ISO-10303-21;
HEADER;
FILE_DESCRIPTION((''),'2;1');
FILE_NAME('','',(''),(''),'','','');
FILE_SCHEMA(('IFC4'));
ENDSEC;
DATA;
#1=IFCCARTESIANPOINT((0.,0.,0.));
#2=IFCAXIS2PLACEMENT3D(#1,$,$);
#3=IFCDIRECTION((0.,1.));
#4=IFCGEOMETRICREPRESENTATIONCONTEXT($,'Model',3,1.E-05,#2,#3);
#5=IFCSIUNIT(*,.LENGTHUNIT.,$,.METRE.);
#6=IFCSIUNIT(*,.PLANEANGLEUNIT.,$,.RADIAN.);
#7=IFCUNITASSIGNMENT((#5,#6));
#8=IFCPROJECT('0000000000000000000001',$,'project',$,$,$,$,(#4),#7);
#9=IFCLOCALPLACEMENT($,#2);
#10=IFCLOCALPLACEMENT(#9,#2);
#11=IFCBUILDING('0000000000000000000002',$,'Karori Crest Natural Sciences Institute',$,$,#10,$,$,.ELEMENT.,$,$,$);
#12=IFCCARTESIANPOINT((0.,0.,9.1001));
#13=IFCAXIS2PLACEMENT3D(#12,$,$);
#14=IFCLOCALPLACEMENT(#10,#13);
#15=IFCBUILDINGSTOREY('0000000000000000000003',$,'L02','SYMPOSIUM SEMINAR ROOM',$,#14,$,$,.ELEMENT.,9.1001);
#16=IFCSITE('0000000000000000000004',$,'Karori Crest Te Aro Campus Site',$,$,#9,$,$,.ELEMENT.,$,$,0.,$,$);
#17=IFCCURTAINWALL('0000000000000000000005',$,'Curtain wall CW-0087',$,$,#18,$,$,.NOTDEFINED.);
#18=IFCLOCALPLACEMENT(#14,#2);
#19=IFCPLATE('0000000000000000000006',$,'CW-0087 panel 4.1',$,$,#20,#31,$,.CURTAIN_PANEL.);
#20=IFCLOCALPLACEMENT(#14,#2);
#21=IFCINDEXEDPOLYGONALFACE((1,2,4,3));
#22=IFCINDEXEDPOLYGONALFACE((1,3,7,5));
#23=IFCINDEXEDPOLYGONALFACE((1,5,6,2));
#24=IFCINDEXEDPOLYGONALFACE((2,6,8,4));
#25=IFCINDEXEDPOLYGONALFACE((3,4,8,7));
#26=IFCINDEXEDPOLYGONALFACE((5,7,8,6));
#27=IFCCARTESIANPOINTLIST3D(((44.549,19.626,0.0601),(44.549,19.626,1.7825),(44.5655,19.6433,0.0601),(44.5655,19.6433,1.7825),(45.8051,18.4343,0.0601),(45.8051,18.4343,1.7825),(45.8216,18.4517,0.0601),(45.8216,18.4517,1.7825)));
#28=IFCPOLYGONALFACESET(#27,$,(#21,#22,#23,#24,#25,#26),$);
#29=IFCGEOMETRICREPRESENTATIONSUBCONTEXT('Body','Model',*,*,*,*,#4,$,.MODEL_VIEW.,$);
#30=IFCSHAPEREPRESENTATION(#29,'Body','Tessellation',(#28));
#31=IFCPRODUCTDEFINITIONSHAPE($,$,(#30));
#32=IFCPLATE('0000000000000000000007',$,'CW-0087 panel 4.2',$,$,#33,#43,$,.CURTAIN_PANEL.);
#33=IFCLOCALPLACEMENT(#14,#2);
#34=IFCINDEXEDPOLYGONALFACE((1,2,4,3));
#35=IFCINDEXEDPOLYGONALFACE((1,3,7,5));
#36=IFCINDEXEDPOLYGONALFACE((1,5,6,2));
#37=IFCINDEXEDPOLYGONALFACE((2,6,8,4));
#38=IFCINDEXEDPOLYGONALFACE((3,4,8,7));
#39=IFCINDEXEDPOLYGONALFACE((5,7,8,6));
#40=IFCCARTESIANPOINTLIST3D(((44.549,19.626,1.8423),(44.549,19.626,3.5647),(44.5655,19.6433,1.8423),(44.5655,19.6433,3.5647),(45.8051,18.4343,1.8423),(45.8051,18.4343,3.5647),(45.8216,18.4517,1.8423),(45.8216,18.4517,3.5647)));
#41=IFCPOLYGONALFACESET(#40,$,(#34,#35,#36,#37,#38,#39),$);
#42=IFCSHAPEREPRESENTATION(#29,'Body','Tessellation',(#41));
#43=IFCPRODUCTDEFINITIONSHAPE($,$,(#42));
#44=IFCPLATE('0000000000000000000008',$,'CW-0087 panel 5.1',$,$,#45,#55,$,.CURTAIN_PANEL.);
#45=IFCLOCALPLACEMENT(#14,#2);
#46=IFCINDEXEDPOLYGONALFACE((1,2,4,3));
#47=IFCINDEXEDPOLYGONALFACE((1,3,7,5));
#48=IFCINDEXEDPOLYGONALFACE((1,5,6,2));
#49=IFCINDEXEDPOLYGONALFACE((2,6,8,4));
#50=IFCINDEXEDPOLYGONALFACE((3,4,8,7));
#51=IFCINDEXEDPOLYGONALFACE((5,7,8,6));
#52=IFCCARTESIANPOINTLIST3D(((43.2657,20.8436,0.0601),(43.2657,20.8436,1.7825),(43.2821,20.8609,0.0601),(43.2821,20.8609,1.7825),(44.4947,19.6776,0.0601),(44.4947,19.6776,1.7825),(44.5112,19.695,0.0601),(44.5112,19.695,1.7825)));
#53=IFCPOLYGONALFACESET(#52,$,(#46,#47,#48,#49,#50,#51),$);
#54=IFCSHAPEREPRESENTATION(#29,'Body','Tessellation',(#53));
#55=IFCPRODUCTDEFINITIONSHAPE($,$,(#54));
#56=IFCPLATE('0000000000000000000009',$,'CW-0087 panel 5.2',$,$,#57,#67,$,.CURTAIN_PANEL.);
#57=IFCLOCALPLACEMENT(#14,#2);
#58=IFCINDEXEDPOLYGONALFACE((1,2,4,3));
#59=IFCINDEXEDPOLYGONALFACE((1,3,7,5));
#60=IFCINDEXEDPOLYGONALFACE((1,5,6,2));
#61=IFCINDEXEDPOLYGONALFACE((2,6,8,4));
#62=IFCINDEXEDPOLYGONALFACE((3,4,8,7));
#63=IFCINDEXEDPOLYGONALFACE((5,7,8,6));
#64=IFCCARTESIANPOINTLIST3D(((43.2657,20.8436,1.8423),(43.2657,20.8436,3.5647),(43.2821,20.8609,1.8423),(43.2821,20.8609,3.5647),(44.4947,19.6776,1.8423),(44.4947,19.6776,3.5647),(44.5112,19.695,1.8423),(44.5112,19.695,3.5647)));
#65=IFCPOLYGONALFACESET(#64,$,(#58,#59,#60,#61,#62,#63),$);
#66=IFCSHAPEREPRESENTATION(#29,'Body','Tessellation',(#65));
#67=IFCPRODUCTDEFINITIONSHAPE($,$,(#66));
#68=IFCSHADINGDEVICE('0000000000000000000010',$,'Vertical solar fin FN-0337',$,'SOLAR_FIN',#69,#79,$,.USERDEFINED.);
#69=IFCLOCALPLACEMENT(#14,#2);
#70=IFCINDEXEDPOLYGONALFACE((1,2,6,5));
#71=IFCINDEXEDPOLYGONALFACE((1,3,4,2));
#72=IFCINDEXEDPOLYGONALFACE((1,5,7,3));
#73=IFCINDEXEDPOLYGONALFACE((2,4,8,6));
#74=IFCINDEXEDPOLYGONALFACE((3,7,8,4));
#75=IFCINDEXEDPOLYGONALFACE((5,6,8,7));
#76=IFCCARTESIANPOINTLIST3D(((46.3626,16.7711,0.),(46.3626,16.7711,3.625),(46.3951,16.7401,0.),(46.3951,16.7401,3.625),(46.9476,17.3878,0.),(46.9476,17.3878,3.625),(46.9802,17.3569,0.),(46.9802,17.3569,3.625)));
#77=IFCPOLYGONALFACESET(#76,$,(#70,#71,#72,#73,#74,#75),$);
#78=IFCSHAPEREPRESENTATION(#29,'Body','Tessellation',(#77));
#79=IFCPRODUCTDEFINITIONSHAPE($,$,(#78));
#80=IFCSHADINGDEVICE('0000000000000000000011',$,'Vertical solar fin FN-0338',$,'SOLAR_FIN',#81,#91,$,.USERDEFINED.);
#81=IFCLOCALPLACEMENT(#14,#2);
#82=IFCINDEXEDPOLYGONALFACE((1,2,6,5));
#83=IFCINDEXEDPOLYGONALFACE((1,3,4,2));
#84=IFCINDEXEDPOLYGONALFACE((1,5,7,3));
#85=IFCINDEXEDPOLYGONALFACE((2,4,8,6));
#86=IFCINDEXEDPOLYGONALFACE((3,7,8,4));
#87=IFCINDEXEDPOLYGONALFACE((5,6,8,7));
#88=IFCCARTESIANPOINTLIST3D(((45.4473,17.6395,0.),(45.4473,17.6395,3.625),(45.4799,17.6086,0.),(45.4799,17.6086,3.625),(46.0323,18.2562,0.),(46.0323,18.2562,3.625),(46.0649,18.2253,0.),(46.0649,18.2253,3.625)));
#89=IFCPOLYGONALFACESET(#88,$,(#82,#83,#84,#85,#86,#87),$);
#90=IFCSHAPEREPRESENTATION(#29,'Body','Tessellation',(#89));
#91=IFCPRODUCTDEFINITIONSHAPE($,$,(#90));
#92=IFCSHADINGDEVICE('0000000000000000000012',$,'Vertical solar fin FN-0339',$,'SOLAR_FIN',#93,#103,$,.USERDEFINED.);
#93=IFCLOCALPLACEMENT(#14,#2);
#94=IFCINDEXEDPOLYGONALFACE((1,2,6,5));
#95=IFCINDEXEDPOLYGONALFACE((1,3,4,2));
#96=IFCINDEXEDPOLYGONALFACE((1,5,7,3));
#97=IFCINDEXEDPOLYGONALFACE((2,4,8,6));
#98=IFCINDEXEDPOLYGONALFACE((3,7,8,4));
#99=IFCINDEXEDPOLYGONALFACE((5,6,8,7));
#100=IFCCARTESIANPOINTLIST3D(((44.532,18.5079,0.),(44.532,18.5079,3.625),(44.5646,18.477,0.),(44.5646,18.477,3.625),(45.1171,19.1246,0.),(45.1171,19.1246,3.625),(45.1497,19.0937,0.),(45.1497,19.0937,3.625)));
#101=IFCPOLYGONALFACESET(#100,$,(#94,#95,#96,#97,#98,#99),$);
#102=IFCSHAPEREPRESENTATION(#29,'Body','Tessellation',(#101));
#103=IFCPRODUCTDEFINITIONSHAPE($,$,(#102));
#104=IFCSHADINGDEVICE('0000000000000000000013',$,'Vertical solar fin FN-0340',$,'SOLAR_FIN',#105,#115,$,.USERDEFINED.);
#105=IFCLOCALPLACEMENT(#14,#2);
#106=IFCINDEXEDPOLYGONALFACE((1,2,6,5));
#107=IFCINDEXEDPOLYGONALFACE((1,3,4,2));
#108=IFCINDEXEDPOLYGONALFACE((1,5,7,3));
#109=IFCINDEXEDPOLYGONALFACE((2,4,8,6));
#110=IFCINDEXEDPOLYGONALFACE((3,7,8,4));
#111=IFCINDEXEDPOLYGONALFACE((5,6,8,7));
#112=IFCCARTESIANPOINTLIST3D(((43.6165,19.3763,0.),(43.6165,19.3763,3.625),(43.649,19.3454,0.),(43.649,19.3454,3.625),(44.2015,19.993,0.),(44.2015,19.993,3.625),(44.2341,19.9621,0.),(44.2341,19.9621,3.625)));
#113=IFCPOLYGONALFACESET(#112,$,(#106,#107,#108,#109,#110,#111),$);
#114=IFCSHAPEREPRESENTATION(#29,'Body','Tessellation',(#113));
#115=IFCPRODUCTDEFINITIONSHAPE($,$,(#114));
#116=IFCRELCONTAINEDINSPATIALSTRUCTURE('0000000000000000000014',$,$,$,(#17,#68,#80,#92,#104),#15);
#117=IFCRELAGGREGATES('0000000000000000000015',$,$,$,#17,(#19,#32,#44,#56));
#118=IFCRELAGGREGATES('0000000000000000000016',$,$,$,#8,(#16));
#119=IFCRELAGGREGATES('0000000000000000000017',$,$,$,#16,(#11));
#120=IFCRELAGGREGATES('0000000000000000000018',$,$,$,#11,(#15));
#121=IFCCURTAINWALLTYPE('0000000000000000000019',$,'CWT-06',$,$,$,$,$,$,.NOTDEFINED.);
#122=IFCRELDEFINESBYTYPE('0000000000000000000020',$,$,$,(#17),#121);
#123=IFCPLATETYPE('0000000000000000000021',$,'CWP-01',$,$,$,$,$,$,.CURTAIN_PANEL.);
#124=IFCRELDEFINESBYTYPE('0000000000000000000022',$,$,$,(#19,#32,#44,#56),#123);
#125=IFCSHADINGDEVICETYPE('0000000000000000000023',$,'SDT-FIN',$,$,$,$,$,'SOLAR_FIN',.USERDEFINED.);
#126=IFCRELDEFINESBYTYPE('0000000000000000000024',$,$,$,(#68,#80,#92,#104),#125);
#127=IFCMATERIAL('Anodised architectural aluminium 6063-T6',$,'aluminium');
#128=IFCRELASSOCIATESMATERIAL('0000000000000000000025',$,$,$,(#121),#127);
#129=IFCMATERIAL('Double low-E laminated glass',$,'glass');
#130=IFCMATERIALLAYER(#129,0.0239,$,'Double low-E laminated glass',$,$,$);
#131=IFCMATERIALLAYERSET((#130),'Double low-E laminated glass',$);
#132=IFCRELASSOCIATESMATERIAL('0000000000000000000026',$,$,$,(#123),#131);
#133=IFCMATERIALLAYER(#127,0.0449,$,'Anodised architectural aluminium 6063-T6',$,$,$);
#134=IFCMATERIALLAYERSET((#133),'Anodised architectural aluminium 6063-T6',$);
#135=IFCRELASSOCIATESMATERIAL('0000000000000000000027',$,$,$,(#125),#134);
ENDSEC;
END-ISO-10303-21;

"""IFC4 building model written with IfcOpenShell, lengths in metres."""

from ifc_helpers import new_model, si_unit, direction, frame, origin, origin_2d, place, context, subcontext, project, spatial, rectangle, extrude, material, layer, layer_set, type_object, element, aggregate, save


model = new_model("IFC4")

# Units and contexts
model_context = context("Model", 3, precision=1e-05, world=origin(), true_north=direction((0.0, 1.0)))
body_context = subcontext(model_context, "Body", "Model", "MODEL_VIEW")
ifc_project = project(units=[si_unit("LENGTHUNIT", "METRE"), si_unit("PLANEANGLEUNIT", "RADIAN")], contexts=[model_context])

# Site, building, storey
site_placement = place(None, origin())
site = spatial("IfcSite", under=ifc_project, at=site_placement, Name="Karori Crest Te Aro Campus Site", CompositionType="ELEMENT", RefElevation=0.0)
building_placement = place(site_placement, origin())
building = spatial("IfcBuilding", under=site, at=building_placement, Name="Karori Crest Natural Sciences Institute", CompositionType="ELEMENT")
storey_placement = place(building_placement, frame((0.0, 0.0, 9.1001)))
storey = spatial("IfcBuildingStorey", under=building, at=storey_placement, Name="L02", Description="SYMPOSIUM SEMINAR ROOM", CompositionType="ELEMENT", Elevation=9.1001)

# Curtain wall, plates
ifc_material_1 = material(Name="Anodised architectural aluminium 6063-T6", Category="aluminium")
curtain_wall_type = type_object("IfcCurtainWallType", Name="CWT-06", PredefinedType="NOTDEFINED", material=ifc_material_1)
curtain_wall_placement = place(storey_placement, origin())
curtain_wall = element("IfcCurtainWall", 1, at=curtain_wall_placement, inside=storey, type_object=curtain_wall_type, Name="Curtain wall CW-0087", PredefinedType="NOTDEFINED")
ifc_material_2 = material(Name="Double low-E laminated glass", Category="glass")
ifc_layer_1 = layer(ifc_material_2, 0.0239, Name="Double low-E laminated glass")
ifc_layer_set_1 = layer_set([ifc_layer_1], Name="Double low-E laminated glass")
plate_type = type_object("IfcPlateType", Name="CWP-01", PredefinedType="CURTAIN_PANEL", material=ifc_layer_set_1)
plate_1_placement = place(storey_placement, frame((45.1853, 19.0388, 0.0601), z_axis=(0.0, 0.0, 1.0), x_axis=(-0.725477, 0.688246, 0.0)))
plate_1 = element("IfcPlate", 2, at=plate_1_placement, type_object=plate_type, Name="CW-0087 panel 4.1", PredefinedType="CURTAIN_PANEL", context=body_context, shape_type="SweptSolid", body=[
    extrude(rectangle(XDim=1.7314, YDim=0.0239, at=origin_2d()), origin(), (0.0, 0.0, 1.0), 1.7224),
])
plate_2_placement = place(storey_placement, frame((45.1853, 19.0388, 1.8423), z_axis=(0.0, 0.0, 1.0), x_axis=(-0.725477, 0.688246, 0.0)))
plate_2 = element("IfcPlate", 3, at=plate_2_placement, type_object=plate_type, Name="CW-0087 panel 4.2", PredefinedType="CURTAIN_PANEL", context=body_context, shape_type="SweptSolid", body=[
    extrude(rectangle(XDim=1.7314, YDim=0.0239, at=origin_2d()), origin(), (0.0, 0.0, 1.0), 1.7224),
])
plate_3_placement = place(storey_placement, frame((43.8884, 20.2693, 0.0601), z_axis=(0.0, 0.0, 1.0), x_axis=(-0.725477, 0.688246, 0.0)))
plate_3 = element("IfcPlate", 4, at=plate_3_placement, type_object=plate_type, Name="CW-0087 panel 5.1", PredefinedType="CURTAIN_PANEL", context=body_context, shape_type="SweptSolid", body=[
    extrude(rectangle(XDim=1.6941, YDim=0.0239, at=origin_2d()), origin(), (0.0, 0.0, 1.0), 1.7224),
])
plate_4_placement = place(storey_placement, frame((43.8884, 20.2693, 1.8423), z_axis=(0.0, 0.0, 1.0), x_axis=(-0.725477, 0.688246, 0.0)))
plate_4 = element("IfcPlate", 5, at=plate_4_placement, type_object=plate_type, Name="CW-0087 panel 5.2", PredefinedType="CURTAIN_PANEL", context=body_context, shape_type="SweptSolid", body=[
    extrude(rectangle(XDim=1.6941, YDim=0.0239, at=origin_2d()), origin(), (0.0, 0.0, 1.0), 1.7224),
])
aggregate(curtain_wall, [plate_1, plate_2, plate_3, plate_4])

# Shading devices
ifc_layer_2 = layer(ifc_material_1, 0.0449, Name="Anodised architectural aluminium 6063-T6")
ifc_layer_set_2 = layer_set([ifc_layer_2], Name="Anodised architectural aluminium 6063-T6")
shading_device_type = type_object("IfcShadingDeviceType", Name="SDT-FIN", ElementType="SOLAR_FIN", PredefinedType="USERDEFINED", material=ifc_layer_set_2)
for number, where, z_axis, x_axis, name in (
    (6, (46.6714, 17.064, 0.0), (0.0, 0.0, 1.0), (-0.688246, -0.725478, 0.0), "Vertical solar fin FN-0337"),
    (7, (45.7561, 17.9324, 0.0), (0.0, 0.0, 1.0), (-0.688246, -0.725478, 0.0), "Vertical solar fin FN-0338"),
    (8, (44.8408, 18.8008, 0.0), (0.0, 0.0, 1.0), (-0.688246, -0.725478, 0.0), "Vertical solar fin FN-0339"),
    (9, (43.9253, 19.6692, 0.0), (0.0, 0.0, 1.0), (-0.688246, -0.725478, 0.0), "Vertical solar fin FN-0340"),
):
    element("IfcShadingDevice", number, at=place(storey_placement, frame(where, z_axis=z_axis, x_axis=x_axis)), inside=storey, type_object=shading_device_type, Name=name, ObjectType="SOLAR_FIN", PredefinedType="USERDEFINED", context=body_context, shape_type="SweptSolid", body=[
        extrude(rectangle(XDim=0.8501, YDim=0.0449, at=origin_2d()), origin(), (0.0, 0.0, 1.0), 3.625),
    ])

save(model, "model.ifc")
